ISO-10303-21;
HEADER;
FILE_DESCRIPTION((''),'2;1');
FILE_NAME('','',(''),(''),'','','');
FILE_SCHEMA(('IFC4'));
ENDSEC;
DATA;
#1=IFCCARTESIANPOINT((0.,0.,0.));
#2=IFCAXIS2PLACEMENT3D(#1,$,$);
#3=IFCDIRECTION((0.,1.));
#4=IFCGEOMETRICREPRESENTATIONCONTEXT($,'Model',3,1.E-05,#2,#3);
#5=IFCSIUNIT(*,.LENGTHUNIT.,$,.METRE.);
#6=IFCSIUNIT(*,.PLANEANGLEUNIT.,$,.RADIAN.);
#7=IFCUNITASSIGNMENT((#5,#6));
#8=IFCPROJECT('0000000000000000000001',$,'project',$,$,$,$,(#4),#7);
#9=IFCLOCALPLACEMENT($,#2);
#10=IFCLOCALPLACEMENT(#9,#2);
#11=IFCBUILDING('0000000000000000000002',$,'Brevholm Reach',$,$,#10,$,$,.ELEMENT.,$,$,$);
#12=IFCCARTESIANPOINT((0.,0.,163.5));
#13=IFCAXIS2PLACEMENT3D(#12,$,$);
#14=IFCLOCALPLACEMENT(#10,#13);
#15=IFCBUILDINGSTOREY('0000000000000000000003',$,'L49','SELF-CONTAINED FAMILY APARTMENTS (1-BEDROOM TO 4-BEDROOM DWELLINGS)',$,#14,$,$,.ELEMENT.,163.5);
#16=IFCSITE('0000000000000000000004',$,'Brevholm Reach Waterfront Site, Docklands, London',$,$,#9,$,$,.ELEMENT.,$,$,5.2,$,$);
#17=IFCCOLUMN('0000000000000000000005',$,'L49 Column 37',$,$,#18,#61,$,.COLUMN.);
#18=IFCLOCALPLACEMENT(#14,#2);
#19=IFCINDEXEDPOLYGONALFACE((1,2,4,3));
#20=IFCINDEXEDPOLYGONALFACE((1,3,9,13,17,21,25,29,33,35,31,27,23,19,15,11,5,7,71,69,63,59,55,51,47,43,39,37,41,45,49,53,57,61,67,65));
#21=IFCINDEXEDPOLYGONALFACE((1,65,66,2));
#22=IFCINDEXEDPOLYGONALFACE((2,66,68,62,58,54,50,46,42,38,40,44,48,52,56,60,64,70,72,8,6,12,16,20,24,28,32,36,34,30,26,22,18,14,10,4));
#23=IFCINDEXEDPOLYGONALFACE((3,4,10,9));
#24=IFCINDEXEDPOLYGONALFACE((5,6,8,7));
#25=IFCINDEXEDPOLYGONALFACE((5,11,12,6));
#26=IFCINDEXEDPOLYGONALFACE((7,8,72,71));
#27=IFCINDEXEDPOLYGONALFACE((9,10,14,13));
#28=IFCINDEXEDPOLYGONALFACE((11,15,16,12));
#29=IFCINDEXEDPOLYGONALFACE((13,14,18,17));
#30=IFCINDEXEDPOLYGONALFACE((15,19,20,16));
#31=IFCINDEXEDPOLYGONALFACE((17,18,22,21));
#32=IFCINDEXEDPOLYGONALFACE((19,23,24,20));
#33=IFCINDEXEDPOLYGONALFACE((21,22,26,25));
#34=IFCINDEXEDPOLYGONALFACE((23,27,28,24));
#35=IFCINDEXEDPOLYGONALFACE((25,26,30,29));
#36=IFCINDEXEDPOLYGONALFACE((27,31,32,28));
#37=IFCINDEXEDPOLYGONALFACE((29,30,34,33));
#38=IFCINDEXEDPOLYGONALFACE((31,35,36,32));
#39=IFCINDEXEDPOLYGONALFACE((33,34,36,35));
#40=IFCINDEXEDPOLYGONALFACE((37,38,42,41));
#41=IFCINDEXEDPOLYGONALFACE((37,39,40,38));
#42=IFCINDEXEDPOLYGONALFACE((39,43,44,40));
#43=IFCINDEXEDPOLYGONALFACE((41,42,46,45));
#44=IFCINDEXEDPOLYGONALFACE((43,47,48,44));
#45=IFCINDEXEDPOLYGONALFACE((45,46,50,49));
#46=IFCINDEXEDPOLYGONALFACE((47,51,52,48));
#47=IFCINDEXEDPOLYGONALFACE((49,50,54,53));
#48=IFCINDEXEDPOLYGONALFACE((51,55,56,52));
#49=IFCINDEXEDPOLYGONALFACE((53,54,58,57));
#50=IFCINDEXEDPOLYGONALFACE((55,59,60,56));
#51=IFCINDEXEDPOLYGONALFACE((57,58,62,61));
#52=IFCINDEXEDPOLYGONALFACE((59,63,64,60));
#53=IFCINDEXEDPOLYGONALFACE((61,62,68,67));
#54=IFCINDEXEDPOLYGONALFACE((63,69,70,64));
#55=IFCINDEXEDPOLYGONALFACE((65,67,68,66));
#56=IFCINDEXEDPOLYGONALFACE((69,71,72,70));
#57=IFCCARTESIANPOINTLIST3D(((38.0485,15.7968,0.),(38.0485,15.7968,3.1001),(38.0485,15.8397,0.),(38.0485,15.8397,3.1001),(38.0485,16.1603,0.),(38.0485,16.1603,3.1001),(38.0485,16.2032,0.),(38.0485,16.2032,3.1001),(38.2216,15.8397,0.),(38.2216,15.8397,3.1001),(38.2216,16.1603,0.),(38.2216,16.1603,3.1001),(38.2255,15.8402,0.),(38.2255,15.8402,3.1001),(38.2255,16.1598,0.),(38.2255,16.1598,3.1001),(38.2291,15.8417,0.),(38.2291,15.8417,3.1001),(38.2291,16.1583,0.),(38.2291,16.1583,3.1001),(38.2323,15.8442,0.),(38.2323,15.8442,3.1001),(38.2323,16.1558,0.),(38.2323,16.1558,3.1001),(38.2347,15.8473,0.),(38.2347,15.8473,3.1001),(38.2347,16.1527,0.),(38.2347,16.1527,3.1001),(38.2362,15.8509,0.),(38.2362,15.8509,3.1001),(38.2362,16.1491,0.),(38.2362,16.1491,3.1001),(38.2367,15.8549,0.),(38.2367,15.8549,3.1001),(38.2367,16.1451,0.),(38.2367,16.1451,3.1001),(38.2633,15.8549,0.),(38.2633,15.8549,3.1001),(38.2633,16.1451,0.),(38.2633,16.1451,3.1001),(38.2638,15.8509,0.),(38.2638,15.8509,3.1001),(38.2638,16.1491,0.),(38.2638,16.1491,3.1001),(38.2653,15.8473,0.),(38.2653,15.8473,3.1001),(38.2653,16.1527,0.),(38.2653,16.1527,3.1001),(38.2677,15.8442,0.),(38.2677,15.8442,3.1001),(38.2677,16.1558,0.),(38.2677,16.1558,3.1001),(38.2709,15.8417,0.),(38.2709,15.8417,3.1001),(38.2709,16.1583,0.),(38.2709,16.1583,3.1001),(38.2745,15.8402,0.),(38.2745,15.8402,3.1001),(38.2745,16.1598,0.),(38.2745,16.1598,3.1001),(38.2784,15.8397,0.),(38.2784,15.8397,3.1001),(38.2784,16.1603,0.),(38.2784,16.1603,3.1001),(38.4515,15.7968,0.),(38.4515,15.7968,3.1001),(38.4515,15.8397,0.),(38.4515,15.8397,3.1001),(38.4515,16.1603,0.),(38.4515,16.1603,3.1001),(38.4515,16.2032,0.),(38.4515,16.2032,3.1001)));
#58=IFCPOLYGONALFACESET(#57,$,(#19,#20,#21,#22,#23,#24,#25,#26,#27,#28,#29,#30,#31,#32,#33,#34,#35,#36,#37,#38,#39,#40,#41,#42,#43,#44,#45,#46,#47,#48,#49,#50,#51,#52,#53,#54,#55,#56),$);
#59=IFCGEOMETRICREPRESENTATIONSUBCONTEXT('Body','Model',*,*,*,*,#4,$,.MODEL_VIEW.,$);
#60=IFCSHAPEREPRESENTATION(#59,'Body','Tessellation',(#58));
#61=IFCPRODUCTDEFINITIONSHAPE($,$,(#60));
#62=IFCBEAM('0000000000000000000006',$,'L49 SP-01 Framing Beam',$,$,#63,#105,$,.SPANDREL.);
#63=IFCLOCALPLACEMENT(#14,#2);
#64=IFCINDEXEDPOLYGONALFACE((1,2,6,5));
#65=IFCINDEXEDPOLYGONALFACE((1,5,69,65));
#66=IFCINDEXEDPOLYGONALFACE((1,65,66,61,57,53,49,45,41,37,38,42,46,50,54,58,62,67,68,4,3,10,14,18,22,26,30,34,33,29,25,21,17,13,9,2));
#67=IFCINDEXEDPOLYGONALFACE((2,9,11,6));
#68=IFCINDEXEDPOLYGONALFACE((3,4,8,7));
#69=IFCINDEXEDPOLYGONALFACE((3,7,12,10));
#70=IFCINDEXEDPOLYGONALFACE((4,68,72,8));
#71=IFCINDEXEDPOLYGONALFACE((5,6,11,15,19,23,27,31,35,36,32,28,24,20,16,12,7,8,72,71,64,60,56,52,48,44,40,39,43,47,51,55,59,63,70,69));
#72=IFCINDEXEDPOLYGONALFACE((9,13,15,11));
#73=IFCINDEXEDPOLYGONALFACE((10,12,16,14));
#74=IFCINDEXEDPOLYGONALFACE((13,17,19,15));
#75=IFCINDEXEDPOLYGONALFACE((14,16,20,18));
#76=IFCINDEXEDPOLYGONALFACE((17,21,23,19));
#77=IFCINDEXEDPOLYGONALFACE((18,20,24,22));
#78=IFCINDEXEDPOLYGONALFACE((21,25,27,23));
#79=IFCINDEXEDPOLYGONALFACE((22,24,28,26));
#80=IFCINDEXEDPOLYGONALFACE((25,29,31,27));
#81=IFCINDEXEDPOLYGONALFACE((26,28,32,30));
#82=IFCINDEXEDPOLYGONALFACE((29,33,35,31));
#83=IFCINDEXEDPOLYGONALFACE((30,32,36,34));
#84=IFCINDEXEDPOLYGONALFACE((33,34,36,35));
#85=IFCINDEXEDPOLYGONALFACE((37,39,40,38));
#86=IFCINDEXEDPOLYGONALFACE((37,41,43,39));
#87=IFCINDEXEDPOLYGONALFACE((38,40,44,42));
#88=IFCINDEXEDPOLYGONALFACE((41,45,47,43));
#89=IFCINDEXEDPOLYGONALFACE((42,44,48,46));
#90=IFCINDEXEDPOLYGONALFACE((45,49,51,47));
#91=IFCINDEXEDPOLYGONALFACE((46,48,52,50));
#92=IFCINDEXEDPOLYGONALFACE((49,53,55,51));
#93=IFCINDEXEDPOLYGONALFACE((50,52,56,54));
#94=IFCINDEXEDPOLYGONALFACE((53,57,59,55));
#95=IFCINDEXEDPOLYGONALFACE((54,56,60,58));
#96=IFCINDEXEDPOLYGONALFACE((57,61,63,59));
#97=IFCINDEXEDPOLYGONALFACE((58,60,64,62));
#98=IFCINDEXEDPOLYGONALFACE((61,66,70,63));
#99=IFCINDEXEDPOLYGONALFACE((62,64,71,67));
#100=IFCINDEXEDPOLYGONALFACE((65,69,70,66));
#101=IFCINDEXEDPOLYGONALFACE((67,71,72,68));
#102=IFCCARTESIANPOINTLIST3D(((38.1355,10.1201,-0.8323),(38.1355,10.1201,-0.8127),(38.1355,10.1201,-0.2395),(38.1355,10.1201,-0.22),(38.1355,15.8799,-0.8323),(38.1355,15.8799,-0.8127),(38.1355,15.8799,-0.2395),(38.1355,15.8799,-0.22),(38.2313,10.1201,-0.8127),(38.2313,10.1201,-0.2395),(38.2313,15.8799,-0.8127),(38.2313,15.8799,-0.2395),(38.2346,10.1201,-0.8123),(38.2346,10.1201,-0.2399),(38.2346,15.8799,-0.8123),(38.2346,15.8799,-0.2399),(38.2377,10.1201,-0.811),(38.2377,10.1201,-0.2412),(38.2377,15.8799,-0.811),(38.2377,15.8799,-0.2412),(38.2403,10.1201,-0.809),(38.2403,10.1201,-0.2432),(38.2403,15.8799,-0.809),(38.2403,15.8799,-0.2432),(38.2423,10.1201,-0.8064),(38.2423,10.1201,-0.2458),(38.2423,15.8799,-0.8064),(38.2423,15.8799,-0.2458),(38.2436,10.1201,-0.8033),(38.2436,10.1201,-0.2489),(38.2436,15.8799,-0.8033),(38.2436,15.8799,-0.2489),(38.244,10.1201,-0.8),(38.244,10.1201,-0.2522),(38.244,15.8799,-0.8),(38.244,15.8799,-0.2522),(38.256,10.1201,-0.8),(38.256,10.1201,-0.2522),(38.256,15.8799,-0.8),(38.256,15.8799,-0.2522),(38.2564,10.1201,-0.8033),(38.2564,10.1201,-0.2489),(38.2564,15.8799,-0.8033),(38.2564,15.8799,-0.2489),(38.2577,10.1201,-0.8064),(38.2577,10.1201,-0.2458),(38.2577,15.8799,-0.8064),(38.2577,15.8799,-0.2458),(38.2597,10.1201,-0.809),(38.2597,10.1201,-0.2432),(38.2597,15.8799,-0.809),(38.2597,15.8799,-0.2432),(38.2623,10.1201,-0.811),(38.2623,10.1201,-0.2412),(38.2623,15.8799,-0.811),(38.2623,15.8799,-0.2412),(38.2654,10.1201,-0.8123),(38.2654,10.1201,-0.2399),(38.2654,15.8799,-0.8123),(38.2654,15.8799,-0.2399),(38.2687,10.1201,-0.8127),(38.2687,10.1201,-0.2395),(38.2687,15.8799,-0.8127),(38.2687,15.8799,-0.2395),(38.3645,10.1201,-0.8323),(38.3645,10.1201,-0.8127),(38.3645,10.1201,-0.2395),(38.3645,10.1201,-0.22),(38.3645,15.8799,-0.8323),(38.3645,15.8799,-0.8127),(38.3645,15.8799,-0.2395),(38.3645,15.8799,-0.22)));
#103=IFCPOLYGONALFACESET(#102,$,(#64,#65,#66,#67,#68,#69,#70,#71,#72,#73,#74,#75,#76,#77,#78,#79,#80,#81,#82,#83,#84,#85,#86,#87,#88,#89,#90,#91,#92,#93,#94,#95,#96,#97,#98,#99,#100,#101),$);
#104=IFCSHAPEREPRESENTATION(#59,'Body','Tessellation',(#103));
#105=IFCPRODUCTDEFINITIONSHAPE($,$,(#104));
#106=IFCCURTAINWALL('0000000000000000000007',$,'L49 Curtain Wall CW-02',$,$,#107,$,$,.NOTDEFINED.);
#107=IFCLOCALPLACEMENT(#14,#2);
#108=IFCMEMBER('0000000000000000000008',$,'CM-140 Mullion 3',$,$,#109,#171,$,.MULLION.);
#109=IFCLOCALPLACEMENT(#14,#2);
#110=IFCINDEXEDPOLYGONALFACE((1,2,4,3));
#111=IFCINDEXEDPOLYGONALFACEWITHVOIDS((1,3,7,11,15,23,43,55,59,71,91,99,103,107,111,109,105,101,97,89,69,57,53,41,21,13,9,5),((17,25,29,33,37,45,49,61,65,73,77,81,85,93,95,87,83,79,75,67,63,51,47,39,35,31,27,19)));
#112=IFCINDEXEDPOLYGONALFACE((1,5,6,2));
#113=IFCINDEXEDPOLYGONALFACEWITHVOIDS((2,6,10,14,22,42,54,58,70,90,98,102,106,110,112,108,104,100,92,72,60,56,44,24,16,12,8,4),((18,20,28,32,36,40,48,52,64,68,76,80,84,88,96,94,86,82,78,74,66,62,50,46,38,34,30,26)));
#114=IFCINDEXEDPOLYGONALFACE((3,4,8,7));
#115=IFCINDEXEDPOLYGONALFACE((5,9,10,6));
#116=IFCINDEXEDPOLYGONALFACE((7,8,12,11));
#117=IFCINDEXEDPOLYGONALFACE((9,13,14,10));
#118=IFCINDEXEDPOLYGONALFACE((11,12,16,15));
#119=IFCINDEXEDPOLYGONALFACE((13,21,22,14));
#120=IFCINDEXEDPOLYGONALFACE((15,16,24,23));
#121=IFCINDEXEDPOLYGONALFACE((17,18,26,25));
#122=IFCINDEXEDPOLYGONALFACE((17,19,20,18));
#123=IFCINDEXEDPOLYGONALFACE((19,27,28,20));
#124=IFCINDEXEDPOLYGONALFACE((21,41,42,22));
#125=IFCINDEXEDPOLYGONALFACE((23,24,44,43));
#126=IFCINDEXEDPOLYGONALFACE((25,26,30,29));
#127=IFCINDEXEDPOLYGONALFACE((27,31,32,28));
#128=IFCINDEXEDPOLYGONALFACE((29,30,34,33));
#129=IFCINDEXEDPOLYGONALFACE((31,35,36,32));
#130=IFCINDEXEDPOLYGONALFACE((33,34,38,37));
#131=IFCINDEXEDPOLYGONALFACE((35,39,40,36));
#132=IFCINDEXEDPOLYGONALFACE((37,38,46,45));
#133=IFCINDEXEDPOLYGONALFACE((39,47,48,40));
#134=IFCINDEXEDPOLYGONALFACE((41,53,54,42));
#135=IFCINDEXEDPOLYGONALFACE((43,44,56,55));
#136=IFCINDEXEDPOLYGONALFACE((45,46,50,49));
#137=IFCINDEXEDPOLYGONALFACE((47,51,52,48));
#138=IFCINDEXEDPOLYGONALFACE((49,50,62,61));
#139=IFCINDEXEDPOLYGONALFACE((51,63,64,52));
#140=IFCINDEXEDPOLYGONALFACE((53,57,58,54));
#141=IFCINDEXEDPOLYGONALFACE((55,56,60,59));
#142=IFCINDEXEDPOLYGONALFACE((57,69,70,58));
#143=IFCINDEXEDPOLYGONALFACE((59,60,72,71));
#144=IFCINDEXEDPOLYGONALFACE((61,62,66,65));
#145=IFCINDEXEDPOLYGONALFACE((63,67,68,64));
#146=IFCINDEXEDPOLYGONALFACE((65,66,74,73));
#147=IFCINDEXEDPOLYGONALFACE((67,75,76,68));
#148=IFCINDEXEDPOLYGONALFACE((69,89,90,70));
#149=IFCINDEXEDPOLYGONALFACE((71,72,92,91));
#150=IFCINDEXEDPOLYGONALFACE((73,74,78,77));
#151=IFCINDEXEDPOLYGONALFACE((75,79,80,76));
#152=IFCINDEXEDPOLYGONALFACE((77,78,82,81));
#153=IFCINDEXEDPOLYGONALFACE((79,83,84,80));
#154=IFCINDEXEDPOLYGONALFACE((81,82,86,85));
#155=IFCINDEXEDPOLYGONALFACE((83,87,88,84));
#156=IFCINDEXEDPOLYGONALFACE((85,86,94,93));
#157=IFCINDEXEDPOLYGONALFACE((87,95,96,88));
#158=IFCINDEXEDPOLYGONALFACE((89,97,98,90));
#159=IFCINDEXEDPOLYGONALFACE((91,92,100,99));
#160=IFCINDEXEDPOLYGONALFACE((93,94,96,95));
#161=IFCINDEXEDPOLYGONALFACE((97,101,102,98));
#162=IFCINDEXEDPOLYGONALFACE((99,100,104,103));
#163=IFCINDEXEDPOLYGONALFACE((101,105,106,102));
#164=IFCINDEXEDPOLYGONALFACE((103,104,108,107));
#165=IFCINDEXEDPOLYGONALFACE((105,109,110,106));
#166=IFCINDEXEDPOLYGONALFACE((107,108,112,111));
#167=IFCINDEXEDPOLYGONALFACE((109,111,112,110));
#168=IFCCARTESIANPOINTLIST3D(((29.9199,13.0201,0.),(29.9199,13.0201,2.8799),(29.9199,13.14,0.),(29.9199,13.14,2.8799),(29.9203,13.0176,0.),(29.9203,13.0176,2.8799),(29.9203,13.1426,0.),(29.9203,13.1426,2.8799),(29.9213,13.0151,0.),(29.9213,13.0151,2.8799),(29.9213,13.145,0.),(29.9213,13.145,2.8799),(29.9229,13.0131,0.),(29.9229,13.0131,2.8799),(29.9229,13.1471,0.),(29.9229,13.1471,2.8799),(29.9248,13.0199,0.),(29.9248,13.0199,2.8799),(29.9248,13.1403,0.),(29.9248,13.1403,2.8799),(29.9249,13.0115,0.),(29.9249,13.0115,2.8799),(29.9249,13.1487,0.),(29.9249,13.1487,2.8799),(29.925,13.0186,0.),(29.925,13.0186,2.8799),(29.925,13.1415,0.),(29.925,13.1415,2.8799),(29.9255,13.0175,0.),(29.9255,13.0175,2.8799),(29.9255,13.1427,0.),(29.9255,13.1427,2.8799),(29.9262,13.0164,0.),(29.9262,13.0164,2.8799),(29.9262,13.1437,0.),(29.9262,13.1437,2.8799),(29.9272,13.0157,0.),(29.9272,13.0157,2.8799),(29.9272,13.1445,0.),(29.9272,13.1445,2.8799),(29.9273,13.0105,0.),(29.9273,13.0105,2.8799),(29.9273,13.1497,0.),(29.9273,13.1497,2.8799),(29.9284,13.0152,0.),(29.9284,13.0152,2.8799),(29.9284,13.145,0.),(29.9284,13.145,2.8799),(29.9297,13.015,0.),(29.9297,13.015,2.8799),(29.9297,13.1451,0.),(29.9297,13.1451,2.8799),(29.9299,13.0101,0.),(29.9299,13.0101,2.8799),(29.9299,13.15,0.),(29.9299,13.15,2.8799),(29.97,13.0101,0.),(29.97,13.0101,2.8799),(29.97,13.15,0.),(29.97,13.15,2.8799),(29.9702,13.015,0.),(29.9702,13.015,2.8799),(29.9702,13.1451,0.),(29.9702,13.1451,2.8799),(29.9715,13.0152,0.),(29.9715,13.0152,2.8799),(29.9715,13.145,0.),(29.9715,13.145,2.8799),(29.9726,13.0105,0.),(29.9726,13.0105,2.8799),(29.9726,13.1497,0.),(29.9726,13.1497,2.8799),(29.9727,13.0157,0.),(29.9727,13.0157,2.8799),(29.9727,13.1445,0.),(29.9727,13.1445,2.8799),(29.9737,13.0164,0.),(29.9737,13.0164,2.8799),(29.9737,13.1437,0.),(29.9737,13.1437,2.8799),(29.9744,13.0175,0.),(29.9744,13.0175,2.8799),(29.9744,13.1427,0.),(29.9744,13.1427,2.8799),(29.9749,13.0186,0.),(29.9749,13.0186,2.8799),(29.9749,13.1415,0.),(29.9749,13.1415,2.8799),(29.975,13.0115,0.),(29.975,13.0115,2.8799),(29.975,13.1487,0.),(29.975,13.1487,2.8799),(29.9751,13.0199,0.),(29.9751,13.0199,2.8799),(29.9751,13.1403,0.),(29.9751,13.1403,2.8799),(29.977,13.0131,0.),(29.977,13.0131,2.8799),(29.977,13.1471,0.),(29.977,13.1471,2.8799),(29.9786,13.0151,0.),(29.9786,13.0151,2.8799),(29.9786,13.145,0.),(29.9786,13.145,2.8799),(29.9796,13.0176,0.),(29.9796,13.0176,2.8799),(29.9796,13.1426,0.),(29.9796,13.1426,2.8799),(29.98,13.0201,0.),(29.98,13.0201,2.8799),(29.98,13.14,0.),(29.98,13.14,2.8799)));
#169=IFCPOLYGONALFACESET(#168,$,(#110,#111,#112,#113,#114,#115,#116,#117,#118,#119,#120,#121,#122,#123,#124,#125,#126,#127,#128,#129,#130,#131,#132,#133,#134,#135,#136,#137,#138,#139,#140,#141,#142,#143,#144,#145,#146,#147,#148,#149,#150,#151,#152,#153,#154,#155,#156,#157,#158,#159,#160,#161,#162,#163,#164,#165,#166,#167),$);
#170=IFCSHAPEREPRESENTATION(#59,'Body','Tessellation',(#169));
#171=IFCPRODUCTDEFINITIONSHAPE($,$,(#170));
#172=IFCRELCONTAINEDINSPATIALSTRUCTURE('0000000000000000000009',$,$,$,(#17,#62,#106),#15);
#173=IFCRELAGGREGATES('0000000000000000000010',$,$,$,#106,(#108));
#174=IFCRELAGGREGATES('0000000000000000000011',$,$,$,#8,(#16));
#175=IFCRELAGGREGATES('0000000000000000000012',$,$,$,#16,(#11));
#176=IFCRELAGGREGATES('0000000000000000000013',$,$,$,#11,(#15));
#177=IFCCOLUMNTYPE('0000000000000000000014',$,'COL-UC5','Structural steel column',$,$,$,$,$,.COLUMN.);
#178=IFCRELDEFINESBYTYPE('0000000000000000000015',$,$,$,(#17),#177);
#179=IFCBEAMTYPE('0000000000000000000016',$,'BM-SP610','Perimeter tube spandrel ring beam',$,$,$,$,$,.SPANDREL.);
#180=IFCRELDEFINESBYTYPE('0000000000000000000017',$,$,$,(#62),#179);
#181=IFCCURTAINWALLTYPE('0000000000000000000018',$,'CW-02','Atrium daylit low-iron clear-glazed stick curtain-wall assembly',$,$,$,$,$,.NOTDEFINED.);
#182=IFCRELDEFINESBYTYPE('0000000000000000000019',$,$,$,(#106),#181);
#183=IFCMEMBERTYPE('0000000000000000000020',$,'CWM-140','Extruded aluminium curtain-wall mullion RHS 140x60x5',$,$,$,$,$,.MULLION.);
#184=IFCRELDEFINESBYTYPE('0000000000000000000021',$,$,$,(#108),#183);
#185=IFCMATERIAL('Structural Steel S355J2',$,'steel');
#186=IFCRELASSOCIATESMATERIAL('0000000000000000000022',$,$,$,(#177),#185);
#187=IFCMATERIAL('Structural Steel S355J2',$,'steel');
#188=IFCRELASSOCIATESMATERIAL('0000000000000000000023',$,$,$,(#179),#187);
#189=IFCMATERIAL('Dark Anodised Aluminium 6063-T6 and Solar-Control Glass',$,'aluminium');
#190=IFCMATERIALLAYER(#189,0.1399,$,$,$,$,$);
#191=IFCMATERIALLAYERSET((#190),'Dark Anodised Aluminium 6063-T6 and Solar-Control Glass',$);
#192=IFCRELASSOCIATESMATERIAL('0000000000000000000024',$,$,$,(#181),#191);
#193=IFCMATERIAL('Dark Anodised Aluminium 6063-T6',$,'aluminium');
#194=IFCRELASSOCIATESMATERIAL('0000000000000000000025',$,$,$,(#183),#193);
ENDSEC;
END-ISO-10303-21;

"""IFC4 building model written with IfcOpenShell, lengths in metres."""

from ifc_helpers import new_model, si_unit, direction, frame, origin, origin_2d, place, context, subcontext, project, spatial, hollow_rectangle, i_section, extrude, material, layer, layer_set, material_profile, profile_set, type_object, element, aggregate, save


model = new_model("IFC4")

# Units and contexts
model_context = context("Model", 3, precision=1e-05, world=origin(), true_north=direction((0.0, 1.0)))
body_context = subcontext(model_context, "Body", "Model", "MODEL_VIEW")
ifc_project = project(units=[si_unit("LENGTHUNIT", "METRE"), si_unit("PLANEANGLEUNIT", "RADIAN")], contexts=[model_context])

# Site, building, storey
site_placement = place(None, origin())
site = spatial("IfcSite", under=ifc_project, at=site_placement, Name="Brevholm Reach Waterfront Site, Docklands, London", CompositionType="ELEMENT", RefElevation=5.2)
building_placement = place(site_placement, origin())
building = spatial("IfcBuilding", under=site, at=building_placement, Name="Brevholm Reach", CompositionType="ELEMENT")
storey_placement = place(building_placement, frame((0.0, 0.0, 163.5)))
storey = spatial("IfcBuildingStorey", under=building, at=storey_placement, Name="L49", Description="SELF-CONTAINED FAMILY APARTMENTS (1-BEDROOM TO 4-BEDROOM DWELLINGS)", CompositionType="ELEMENT", Elevation=163.5)

# Column
ifc_material_1 = material(Name="Structural Steel S355J2", Category="steel")
ifc_material_profile_1 = material_profile(ifc_material_1, i_section(OverallWidth=0.4031, OverallDepth=0.4065, WebThickness=0.0266, FlangeThickness=0.043, FilletRadius=0.0151, at=origin_2d()), Name="UKC 356x406x340")
ifc_profile_set_1 = profile_set([ifc_material_profile_1], Name="Structural Steel S355J2")
column_type = type_object("IfcColumnType", Name="COL-UC5", Description="Structural steel column", PredefinedType="COLUMN", material=ifc_profile_set_1)
column_placement = place(storey_placement, frame((38.25, 16.0, 0.0), z_axis=(0.0, 0.0, 1.0), x_axis=(1.0, 0.0, 0.0)))
element("IfcColumn", 1, at=column_placement, inside=storey, type_object=column_type, Name="L49 Column 37", PredefinedType="COLUMN", context=body_context, shape_type="SweptSolid", body=[
    extrude(i_section(OverallWidth=0.4031, OverallDepth=0.4065, WebThickness=0.0266, FlangeThickness=0.043, FilletRadius=0.0151, at=origin_2d()), origin(), (0.0, 0.0, 1.0), 3.1001),
])

# Beam
ifc_material_2 = material(Name="Structural Steel S355J2", Category="steel")
ifc_material_profile_2 = material_profile(ifc_material_2, i_section(OverallWidth=0.229, OverallDepth=0.6123, WebThickness=0.012, FlangeThickness=0.0195, FilletRadius=0.0127, at=origin_2d()), Name="UKB 610x229x125")
ifc_profile_set_2 = profile_set([ifc_material_profile_2], Name="Structural Steel S355J2")
beam_type = type_object("IfcBeamType", Name="BM-SP610", Description="Perimeter tube spandrel ring beam", PredefinedType="SPANDREL", material=ifc_profile_set_2)
beam_placement = place(storey_placement, frame((38.25, 10.1201, -0.5261), z_axis=(0.0, 1.0, 0.0), x_axis=(-1.0, 0.0, 0.0)))
element("IfcBeam", 2, at=beam_placement, inside=storey, type_object=beam_type, Name="L49 SP-01 Framing Beam", PredefinedType="SPANDREL", context=body_context, shape_type="SweptSolid", body=[
    extrude(i_section(OverallWidth=0.229, OverallDepth=0.6123, WebThickness=0.012, FlangeThickness=0.0195, FilletRadius=0.0127, at=origin_2d()), origin(), (0.0, 0.0, 1.0), 5.7598),
])

# Curtain wall, member
ifc_material_3 = material(Name="Dark Anodised Aluminium 6063-T6 and Solar-Control Glass", Category="aluminium")
ifc_layer_1 = layer(ifc_material_3, 0.1399)
ifc_layer_set_1 = layer_set([ifc_layer_1], Name="Dark Anodised Aluminium 6063-T6 and Solar-Control Glass")
curtain_wall_type = type_object("IfcCurtainWallType", Name="CW-02", Description="Atrium daylit low-iron clear-glazed stick curtain-wall assembly", PredefinedType="NOTDEFINED", material=ifc_layer_set_1)
curtain_wall_placement = place(storey_placement, origin())
curtain_wall = element("IfcCurtainWall", 3, at=curtain_wall_placement, inside=storey, type_object=curtain_wall_type, Name="L49 Curtain Wall CW-02", PredefinedType="NOTDEFINED")
ifc_material_4 = material(Name="Dark Anodised Aluminium 6063-T6", Category="aluminium")
ifc_material_profile_3 = material_profile(ifc_material_4, hollow_rectangle(XDim=0.0601, YDim=0.1399, WallThickness=0.0049, InnerFilletRadius=0.0049, OuterFilletRadius=0.01, at=origin_2d()), Name="RHS 140x60x5")
ifc_profile_set_3 = profile_set([ifc_material_profile_3], Name="Dark Anodised Aluminium 6063-T6")
member_type_1 = type_object("IfcMemberType", Name="CWM-140", Description="Extruded aluminium curtain-wall mullion RHS 140x60x5", PredefinedType="MULLION", material=ifc_profile_set_3)
member_1_placement = place(storey_placement, frame((29.95, 13.0801, 0.0), z_axis=(0.0, 0.0, 1.0), x_axis=(1.0, 0.0, 0.0)))
member_1 = element("IfcMember", 4, at=member_1_placement, type_object=member_type_1, Name="CM-140 Mullion 3", PredefinedType="MULLION", context=body_context, shape_type="SweptSolid", body=[
    extrude(hollow_rectangle(XDim=0.0601, YDim=0.1399, WallThickness=0.0049, InnerFilletRadius=0.0049, OuterFilletRadius=0.01, at=origin_2d()), origin(), (0.0, 0.0, 1.0), 2.8799),
])
aggregate(curtain_wall, [member_1])

save(model, "model.ifc")
